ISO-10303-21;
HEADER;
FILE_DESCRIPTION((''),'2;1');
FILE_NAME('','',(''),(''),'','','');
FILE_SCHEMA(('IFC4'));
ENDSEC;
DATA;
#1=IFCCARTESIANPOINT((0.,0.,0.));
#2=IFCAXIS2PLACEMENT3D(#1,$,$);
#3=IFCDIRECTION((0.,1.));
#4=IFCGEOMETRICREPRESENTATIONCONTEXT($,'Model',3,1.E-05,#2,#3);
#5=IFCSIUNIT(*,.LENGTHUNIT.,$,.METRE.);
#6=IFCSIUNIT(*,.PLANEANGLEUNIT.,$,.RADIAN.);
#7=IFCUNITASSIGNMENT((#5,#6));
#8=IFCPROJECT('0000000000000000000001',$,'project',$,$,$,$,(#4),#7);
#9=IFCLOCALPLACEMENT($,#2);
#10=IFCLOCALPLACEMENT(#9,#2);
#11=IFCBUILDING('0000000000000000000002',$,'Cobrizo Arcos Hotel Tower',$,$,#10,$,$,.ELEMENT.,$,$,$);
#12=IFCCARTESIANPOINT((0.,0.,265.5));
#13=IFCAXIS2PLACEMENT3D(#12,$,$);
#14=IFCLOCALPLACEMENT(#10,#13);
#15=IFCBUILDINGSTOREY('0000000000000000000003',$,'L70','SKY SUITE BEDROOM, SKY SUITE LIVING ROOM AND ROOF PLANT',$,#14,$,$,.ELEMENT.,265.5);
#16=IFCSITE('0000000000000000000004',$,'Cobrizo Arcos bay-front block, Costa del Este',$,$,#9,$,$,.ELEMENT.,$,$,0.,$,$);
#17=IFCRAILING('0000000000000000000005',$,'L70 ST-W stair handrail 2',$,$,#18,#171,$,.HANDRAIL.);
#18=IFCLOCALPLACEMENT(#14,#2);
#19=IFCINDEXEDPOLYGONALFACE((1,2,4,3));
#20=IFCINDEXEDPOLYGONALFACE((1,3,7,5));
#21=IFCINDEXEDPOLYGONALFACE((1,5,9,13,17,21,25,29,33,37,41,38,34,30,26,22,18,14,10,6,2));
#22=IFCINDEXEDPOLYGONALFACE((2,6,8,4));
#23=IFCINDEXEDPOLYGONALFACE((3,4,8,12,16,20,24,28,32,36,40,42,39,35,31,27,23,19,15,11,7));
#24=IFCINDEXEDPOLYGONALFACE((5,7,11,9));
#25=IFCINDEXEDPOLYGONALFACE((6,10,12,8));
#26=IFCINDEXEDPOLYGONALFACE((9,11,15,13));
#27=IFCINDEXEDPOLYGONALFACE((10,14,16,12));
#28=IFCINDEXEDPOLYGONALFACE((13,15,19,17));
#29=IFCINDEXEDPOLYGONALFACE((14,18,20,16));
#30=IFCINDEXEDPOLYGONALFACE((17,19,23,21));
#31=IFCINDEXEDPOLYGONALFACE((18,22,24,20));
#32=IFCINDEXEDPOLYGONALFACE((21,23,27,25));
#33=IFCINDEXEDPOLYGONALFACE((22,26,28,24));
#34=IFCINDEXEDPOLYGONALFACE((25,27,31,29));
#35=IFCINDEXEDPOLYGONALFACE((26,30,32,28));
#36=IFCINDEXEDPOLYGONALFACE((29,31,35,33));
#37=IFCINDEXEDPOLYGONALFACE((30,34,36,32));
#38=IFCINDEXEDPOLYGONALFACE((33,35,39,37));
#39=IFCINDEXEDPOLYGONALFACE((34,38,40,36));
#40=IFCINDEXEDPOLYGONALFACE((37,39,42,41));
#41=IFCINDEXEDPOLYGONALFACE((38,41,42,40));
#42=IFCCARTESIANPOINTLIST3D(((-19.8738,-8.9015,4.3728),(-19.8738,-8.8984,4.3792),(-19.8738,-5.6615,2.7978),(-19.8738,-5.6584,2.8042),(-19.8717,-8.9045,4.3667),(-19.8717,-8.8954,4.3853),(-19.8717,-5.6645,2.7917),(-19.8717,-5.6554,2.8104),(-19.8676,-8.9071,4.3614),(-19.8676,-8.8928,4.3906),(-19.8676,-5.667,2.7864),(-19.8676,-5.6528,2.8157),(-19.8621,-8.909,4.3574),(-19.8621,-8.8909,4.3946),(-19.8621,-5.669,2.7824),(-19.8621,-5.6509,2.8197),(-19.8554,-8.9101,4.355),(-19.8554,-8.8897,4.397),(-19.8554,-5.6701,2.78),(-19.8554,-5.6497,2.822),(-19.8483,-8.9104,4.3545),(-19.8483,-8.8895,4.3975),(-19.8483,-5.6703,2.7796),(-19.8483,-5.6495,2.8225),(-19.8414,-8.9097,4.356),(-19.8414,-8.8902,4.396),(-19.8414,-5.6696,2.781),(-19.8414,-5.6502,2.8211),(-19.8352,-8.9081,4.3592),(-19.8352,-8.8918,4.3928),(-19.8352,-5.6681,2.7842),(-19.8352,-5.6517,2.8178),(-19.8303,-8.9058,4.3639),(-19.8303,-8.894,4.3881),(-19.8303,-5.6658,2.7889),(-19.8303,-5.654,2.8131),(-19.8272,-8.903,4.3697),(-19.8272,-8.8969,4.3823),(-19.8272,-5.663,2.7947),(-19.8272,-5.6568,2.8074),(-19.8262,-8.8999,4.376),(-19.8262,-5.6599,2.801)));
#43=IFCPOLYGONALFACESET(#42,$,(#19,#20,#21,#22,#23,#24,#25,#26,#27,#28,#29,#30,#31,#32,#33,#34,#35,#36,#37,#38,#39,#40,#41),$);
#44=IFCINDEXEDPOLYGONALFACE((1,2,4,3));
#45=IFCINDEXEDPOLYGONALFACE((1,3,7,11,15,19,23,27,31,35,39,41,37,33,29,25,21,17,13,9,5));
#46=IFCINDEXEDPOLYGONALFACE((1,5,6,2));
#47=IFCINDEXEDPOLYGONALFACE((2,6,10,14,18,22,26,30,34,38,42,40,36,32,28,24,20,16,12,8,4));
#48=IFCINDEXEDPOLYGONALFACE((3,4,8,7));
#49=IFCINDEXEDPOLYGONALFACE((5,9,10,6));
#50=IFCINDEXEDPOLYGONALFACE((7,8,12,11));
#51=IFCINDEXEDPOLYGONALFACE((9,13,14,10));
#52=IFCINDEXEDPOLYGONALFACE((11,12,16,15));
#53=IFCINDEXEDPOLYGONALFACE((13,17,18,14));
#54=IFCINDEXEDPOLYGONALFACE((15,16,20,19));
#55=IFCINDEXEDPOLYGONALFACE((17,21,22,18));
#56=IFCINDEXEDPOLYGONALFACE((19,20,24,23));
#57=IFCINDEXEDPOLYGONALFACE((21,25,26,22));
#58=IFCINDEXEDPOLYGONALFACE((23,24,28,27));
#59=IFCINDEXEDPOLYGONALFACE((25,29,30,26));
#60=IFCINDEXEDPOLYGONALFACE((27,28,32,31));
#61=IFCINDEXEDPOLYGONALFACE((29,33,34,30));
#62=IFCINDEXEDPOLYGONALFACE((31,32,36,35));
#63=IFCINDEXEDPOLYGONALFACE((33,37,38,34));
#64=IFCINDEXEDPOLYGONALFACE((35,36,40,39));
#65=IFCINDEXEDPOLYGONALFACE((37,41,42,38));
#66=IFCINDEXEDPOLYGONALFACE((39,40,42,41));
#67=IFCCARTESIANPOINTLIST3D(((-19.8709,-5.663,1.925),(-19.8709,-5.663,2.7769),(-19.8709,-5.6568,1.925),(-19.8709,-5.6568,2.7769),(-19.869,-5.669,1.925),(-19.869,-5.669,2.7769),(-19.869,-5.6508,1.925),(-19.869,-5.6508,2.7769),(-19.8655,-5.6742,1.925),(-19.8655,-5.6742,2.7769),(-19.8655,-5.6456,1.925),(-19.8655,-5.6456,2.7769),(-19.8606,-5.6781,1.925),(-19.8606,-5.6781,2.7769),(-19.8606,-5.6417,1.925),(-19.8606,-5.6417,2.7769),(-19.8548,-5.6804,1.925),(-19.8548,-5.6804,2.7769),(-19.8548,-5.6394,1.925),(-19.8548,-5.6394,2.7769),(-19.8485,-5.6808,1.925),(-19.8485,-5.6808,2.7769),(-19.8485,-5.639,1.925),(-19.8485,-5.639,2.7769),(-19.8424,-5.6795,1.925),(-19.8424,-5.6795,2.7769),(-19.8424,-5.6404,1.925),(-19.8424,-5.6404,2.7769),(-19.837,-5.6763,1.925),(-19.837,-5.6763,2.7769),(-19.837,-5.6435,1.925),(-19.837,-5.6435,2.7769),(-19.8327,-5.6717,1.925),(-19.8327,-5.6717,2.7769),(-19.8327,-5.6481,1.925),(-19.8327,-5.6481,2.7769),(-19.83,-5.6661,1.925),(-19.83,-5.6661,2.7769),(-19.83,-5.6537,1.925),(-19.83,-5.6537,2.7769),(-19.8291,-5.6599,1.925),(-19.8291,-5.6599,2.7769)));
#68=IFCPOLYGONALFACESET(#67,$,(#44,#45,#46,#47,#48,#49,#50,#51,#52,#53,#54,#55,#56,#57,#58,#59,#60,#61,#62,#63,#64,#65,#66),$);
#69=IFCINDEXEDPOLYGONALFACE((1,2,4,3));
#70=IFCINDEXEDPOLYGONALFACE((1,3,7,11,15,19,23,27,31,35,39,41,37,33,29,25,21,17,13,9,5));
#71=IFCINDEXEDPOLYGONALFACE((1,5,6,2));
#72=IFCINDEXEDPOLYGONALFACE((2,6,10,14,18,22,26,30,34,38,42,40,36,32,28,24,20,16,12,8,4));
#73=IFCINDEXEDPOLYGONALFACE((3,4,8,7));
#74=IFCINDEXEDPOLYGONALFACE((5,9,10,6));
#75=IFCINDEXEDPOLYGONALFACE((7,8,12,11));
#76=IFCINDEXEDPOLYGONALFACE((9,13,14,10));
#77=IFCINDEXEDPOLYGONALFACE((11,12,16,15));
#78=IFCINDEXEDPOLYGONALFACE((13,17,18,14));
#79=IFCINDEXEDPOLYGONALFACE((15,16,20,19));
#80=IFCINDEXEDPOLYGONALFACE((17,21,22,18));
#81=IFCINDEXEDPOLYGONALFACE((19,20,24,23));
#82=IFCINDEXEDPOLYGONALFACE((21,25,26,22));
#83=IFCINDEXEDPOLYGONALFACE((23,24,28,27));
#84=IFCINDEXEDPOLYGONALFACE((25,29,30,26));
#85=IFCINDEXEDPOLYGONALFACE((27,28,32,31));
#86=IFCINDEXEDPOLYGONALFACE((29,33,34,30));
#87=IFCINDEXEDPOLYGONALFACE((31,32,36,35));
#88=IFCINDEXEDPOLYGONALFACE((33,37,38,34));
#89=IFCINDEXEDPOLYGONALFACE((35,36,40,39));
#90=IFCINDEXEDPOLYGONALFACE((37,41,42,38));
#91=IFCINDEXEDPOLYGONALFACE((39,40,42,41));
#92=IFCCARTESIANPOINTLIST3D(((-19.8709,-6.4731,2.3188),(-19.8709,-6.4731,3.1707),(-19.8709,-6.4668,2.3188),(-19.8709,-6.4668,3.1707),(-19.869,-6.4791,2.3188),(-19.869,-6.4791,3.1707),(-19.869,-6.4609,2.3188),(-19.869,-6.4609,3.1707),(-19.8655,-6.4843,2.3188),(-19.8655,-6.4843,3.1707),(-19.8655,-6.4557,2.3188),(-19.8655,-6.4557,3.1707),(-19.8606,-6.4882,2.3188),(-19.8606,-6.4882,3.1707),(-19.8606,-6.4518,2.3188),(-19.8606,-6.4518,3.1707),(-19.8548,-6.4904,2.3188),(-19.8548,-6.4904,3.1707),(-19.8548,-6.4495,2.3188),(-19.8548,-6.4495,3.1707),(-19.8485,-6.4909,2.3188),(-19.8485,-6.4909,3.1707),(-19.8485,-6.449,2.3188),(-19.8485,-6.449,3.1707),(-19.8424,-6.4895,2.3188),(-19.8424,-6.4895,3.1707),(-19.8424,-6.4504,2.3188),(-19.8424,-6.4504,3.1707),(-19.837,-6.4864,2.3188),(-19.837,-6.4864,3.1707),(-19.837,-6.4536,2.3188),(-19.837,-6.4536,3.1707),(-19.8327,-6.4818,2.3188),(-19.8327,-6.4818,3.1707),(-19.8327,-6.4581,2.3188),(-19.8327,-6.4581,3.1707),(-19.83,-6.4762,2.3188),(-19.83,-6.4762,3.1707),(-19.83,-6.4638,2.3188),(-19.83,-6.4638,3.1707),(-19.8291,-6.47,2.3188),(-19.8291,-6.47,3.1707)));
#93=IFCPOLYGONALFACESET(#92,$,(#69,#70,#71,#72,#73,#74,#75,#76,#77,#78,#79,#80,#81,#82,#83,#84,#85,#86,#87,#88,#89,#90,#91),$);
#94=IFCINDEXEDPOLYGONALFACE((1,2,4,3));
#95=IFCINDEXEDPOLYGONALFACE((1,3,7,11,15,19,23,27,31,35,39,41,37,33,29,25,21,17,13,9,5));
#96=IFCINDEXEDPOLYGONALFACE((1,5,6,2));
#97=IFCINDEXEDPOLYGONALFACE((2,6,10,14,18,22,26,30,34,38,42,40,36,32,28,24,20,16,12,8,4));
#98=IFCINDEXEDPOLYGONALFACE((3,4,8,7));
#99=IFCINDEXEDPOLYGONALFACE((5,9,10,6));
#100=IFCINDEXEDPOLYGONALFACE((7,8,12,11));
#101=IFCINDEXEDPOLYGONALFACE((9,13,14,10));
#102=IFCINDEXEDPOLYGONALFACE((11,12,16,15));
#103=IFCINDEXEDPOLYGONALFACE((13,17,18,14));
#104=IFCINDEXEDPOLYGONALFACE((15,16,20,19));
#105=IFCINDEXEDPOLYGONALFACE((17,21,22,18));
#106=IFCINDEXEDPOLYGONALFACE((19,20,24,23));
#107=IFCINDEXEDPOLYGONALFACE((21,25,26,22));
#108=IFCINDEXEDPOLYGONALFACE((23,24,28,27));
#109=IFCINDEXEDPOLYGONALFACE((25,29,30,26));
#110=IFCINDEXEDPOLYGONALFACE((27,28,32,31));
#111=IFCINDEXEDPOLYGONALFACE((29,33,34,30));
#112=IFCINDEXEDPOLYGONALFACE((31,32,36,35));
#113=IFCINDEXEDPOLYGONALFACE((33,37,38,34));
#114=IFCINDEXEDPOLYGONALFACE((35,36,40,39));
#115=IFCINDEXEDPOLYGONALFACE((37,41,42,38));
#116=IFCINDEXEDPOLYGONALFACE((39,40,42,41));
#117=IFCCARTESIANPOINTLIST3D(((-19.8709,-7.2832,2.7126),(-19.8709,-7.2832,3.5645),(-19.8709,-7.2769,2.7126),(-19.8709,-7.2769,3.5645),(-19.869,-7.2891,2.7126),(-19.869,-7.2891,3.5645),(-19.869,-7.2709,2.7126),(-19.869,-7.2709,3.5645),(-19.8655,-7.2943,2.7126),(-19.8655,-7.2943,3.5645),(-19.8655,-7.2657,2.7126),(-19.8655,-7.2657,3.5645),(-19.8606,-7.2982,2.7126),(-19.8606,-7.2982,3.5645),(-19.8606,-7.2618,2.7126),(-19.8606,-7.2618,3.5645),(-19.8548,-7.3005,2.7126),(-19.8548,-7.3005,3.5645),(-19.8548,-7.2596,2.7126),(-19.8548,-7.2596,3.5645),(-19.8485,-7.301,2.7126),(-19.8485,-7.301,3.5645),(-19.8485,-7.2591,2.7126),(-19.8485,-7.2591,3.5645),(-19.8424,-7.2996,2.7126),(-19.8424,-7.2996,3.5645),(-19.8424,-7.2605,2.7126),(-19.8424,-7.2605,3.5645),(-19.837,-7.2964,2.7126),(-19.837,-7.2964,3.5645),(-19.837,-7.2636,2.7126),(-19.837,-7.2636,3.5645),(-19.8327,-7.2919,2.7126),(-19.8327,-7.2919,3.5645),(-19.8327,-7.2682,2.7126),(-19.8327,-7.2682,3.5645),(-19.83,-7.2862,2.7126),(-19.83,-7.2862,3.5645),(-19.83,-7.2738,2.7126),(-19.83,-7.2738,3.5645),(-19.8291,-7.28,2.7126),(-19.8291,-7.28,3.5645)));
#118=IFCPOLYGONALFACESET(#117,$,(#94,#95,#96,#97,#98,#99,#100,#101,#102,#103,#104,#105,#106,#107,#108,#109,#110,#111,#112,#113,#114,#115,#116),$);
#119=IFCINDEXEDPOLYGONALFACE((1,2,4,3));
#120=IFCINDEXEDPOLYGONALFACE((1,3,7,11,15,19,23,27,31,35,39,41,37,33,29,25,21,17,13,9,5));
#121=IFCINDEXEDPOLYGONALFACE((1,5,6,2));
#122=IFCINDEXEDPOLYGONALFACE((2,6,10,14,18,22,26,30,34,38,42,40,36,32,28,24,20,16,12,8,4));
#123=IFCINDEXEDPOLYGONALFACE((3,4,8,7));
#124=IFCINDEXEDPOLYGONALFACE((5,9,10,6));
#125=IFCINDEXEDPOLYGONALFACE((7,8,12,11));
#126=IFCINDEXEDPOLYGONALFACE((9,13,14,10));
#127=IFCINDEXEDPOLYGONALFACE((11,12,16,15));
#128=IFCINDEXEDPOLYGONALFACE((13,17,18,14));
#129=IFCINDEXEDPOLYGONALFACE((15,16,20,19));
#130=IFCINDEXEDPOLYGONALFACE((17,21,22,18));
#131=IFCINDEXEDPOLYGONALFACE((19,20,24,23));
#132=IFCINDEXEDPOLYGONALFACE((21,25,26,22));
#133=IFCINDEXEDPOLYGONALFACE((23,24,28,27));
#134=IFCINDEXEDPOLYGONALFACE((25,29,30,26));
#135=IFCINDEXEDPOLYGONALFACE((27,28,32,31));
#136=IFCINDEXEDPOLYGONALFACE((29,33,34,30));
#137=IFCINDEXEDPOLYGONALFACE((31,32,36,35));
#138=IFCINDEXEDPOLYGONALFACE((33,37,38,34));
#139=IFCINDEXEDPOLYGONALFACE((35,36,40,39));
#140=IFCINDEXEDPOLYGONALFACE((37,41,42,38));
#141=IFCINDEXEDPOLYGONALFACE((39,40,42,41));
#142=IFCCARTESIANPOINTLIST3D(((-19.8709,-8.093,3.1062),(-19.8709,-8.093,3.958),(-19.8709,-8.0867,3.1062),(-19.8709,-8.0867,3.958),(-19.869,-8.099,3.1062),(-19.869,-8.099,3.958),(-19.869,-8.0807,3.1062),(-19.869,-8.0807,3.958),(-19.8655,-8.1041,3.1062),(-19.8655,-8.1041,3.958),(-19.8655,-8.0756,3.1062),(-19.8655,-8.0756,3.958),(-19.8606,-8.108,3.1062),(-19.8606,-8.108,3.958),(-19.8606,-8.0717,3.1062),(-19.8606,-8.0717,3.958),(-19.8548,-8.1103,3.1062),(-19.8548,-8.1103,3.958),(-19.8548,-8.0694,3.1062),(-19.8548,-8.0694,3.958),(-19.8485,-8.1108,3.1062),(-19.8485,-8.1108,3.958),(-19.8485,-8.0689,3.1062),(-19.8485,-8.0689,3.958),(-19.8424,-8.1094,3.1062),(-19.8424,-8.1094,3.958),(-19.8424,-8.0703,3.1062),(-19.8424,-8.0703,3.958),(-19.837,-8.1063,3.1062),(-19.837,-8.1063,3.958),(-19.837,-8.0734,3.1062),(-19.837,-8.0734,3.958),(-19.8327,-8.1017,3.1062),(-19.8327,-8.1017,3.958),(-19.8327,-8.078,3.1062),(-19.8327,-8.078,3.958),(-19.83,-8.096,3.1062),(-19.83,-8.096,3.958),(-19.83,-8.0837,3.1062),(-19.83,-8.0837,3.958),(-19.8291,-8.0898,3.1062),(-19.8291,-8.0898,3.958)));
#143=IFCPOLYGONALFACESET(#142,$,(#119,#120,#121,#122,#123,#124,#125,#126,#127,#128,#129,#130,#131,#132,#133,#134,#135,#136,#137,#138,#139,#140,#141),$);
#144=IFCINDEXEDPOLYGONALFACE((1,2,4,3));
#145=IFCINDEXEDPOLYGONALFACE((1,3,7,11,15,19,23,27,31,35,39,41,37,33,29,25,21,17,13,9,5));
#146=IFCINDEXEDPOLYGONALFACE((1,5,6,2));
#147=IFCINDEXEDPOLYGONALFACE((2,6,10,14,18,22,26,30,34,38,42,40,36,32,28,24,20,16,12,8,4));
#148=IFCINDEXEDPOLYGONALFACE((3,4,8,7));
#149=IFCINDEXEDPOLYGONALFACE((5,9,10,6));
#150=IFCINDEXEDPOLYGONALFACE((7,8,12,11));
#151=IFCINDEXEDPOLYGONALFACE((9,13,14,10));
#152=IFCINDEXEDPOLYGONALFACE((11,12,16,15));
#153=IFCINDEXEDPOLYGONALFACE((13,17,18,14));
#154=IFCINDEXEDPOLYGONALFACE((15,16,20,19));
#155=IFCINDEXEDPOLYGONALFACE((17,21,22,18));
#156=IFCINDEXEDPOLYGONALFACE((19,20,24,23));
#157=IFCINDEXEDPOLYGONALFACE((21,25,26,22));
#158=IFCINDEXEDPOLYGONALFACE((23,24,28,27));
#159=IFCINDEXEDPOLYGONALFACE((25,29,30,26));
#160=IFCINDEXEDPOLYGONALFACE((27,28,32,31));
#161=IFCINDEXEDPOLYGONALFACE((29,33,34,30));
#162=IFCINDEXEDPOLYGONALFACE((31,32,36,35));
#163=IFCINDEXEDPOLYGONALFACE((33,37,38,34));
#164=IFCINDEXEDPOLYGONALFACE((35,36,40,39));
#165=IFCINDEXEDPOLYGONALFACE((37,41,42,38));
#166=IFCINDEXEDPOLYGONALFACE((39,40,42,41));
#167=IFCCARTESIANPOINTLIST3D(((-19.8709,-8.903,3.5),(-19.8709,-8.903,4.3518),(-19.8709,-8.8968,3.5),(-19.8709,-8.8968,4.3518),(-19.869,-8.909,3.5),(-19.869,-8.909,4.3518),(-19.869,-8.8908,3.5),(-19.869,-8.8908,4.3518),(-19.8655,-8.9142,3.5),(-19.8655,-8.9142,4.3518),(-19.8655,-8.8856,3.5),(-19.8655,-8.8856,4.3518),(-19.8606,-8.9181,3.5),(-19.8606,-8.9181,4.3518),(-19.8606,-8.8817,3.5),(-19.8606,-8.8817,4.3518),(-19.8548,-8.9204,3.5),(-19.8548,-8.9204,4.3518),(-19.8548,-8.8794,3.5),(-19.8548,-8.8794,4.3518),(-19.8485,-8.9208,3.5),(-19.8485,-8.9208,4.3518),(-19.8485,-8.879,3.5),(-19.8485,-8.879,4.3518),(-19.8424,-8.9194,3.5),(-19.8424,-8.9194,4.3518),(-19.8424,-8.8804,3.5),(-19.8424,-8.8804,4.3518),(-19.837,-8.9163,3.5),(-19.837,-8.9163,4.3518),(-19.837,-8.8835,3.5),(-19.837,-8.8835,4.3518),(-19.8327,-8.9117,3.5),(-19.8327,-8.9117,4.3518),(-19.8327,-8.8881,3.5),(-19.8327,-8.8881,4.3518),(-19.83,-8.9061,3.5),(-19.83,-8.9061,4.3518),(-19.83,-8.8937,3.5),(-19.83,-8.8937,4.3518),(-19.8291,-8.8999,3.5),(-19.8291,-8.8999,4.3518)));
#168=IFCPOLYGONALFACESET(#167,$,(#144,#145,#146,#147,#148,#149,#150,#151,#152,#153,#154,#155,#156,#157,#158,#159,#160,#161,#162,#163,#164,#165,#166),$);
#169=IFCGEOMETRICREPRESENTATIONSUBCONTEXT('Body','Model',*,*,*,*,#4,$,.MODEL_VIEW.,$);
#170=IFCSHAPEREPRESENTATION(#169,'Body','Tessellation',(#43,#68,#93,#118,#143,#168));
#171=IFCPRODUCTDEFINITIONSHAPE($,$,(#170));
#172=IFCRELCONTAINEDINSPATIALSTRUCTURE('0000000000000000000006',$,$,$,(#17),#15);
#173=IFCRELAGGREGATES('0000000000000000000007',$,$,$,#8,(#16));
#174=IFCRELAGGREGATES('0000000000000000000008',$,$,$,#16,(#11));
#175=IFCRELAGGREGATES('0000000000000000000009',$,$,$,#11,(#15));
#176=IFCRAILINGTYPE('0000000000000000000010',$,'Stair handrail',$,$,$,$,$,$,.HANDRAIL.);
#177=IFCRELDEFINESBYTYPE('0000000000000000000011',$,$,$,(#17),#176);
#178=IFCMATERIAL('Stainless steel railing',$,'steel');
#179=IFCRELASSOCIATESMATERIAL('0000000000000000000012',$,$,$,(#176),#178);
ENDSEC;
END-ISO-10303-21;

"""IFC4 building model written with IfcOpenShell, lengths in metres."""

from ifc_helpers import new_model, si_unit, direction, frame, origin, origin_2d, place, context, subcontext, project, spatial, circle, extrude, material, type_object, element, save


model = new_model("IFC4")

# Units and contexts
model_context = context("Model", 3, precision=1e-05, world=origin(), true_north=direction((0.0, 1.0)))
body_context = subcontext(model_context, "Body", "Model", "MODEL_VIEW")
ifc_project = project(units=[si_unit("LENGTHUNIT", "METRE"), si_unit("PLANEANGLEUNIT", "RADIAN")], contexts=[model_context])

# Site, building, storey
site_placement = place(None, origin())
site = spatial("IfcSite", under=ifc_project, at=site_placement, Name="Cobrizo Arcos bay-front block, Costa del Este", CompositionType="ELEMENT", RefElevation=0.0)
building_placement = place(site_placement, origin())
building = spatial("IfcBuilding", under=site, at=building_placement, Name="Cobrizo Arcos Hotel Tower", CompositionType="ELEMENT")
storey_placement = place(building_placement, frame((0.0, 0.0, 265.5)))
storey = spatial("IfcBuildingStorey", under=building, at=storey_placement, Name="L70", Description="SKY SUITE BEDROOM, SKY SUITE LIVING ROOM AND ROOF PLANT", CompositionType="ELEMENT", Elevation=265.5)

# Railing
ifc_material_1 = material(Name="Stainless steel railing", Category="steel")
railing_type_1 = type_object("IfcRailingType", Name="Stair handrail", PredefinedType="HANDRAIL", material=ifc_material_1)
railing_1_placement = place(storey_placement, frame((-19.8501, -5.6599, 1.925)))
element("IfcRailing", 1, at=railing_1_placement, inside=storey, type_object=railing_type_1, Name="L70 ST-W stair handrail 2", PredefinedType="HANDRAIL", context=body_context, shape_type="SweptSolid", body=[
    extrude(circle(Radius=0.0239, at=origin_2d()), frame((0.0, 0.0, 0.876), z_axis=(0.0, -0.899373, 0.437183), x_axis=(1.0, 0.0, 0.0)), (0.0, 0.0, 1.0), 3.6025),
    extrude(circle(Radius=0.021, at=origin_2d()), origin(), (0.0, 0.0, 1.0), 0.8518),
    extrude(circle(Radius=0.021, at=origin_2d()), frame((0.0, -0.8101, 0.3938)), (0.0, 0.0, 1.0), 0.8518),
    extrude(circle(Radius=0.021, at=origin_2d()), frame((0.0, -1.6201, 0.7876)), (0.0, 0.0, 1.0), 0.8518),
    extrude(circle(Radius=0.021, at=origin_2d()), frame((0.0, -2.4299, 1.1812)), (0.0, 0.0, 1.0), 0.8518),
    extrude(circle(Radius=0.021, at=origin_2d()), frame((0.0, -3.24, 1.575)), (0.0, 0.0, 1.0), 0.8518),
])

save(model, "model.ifc")
